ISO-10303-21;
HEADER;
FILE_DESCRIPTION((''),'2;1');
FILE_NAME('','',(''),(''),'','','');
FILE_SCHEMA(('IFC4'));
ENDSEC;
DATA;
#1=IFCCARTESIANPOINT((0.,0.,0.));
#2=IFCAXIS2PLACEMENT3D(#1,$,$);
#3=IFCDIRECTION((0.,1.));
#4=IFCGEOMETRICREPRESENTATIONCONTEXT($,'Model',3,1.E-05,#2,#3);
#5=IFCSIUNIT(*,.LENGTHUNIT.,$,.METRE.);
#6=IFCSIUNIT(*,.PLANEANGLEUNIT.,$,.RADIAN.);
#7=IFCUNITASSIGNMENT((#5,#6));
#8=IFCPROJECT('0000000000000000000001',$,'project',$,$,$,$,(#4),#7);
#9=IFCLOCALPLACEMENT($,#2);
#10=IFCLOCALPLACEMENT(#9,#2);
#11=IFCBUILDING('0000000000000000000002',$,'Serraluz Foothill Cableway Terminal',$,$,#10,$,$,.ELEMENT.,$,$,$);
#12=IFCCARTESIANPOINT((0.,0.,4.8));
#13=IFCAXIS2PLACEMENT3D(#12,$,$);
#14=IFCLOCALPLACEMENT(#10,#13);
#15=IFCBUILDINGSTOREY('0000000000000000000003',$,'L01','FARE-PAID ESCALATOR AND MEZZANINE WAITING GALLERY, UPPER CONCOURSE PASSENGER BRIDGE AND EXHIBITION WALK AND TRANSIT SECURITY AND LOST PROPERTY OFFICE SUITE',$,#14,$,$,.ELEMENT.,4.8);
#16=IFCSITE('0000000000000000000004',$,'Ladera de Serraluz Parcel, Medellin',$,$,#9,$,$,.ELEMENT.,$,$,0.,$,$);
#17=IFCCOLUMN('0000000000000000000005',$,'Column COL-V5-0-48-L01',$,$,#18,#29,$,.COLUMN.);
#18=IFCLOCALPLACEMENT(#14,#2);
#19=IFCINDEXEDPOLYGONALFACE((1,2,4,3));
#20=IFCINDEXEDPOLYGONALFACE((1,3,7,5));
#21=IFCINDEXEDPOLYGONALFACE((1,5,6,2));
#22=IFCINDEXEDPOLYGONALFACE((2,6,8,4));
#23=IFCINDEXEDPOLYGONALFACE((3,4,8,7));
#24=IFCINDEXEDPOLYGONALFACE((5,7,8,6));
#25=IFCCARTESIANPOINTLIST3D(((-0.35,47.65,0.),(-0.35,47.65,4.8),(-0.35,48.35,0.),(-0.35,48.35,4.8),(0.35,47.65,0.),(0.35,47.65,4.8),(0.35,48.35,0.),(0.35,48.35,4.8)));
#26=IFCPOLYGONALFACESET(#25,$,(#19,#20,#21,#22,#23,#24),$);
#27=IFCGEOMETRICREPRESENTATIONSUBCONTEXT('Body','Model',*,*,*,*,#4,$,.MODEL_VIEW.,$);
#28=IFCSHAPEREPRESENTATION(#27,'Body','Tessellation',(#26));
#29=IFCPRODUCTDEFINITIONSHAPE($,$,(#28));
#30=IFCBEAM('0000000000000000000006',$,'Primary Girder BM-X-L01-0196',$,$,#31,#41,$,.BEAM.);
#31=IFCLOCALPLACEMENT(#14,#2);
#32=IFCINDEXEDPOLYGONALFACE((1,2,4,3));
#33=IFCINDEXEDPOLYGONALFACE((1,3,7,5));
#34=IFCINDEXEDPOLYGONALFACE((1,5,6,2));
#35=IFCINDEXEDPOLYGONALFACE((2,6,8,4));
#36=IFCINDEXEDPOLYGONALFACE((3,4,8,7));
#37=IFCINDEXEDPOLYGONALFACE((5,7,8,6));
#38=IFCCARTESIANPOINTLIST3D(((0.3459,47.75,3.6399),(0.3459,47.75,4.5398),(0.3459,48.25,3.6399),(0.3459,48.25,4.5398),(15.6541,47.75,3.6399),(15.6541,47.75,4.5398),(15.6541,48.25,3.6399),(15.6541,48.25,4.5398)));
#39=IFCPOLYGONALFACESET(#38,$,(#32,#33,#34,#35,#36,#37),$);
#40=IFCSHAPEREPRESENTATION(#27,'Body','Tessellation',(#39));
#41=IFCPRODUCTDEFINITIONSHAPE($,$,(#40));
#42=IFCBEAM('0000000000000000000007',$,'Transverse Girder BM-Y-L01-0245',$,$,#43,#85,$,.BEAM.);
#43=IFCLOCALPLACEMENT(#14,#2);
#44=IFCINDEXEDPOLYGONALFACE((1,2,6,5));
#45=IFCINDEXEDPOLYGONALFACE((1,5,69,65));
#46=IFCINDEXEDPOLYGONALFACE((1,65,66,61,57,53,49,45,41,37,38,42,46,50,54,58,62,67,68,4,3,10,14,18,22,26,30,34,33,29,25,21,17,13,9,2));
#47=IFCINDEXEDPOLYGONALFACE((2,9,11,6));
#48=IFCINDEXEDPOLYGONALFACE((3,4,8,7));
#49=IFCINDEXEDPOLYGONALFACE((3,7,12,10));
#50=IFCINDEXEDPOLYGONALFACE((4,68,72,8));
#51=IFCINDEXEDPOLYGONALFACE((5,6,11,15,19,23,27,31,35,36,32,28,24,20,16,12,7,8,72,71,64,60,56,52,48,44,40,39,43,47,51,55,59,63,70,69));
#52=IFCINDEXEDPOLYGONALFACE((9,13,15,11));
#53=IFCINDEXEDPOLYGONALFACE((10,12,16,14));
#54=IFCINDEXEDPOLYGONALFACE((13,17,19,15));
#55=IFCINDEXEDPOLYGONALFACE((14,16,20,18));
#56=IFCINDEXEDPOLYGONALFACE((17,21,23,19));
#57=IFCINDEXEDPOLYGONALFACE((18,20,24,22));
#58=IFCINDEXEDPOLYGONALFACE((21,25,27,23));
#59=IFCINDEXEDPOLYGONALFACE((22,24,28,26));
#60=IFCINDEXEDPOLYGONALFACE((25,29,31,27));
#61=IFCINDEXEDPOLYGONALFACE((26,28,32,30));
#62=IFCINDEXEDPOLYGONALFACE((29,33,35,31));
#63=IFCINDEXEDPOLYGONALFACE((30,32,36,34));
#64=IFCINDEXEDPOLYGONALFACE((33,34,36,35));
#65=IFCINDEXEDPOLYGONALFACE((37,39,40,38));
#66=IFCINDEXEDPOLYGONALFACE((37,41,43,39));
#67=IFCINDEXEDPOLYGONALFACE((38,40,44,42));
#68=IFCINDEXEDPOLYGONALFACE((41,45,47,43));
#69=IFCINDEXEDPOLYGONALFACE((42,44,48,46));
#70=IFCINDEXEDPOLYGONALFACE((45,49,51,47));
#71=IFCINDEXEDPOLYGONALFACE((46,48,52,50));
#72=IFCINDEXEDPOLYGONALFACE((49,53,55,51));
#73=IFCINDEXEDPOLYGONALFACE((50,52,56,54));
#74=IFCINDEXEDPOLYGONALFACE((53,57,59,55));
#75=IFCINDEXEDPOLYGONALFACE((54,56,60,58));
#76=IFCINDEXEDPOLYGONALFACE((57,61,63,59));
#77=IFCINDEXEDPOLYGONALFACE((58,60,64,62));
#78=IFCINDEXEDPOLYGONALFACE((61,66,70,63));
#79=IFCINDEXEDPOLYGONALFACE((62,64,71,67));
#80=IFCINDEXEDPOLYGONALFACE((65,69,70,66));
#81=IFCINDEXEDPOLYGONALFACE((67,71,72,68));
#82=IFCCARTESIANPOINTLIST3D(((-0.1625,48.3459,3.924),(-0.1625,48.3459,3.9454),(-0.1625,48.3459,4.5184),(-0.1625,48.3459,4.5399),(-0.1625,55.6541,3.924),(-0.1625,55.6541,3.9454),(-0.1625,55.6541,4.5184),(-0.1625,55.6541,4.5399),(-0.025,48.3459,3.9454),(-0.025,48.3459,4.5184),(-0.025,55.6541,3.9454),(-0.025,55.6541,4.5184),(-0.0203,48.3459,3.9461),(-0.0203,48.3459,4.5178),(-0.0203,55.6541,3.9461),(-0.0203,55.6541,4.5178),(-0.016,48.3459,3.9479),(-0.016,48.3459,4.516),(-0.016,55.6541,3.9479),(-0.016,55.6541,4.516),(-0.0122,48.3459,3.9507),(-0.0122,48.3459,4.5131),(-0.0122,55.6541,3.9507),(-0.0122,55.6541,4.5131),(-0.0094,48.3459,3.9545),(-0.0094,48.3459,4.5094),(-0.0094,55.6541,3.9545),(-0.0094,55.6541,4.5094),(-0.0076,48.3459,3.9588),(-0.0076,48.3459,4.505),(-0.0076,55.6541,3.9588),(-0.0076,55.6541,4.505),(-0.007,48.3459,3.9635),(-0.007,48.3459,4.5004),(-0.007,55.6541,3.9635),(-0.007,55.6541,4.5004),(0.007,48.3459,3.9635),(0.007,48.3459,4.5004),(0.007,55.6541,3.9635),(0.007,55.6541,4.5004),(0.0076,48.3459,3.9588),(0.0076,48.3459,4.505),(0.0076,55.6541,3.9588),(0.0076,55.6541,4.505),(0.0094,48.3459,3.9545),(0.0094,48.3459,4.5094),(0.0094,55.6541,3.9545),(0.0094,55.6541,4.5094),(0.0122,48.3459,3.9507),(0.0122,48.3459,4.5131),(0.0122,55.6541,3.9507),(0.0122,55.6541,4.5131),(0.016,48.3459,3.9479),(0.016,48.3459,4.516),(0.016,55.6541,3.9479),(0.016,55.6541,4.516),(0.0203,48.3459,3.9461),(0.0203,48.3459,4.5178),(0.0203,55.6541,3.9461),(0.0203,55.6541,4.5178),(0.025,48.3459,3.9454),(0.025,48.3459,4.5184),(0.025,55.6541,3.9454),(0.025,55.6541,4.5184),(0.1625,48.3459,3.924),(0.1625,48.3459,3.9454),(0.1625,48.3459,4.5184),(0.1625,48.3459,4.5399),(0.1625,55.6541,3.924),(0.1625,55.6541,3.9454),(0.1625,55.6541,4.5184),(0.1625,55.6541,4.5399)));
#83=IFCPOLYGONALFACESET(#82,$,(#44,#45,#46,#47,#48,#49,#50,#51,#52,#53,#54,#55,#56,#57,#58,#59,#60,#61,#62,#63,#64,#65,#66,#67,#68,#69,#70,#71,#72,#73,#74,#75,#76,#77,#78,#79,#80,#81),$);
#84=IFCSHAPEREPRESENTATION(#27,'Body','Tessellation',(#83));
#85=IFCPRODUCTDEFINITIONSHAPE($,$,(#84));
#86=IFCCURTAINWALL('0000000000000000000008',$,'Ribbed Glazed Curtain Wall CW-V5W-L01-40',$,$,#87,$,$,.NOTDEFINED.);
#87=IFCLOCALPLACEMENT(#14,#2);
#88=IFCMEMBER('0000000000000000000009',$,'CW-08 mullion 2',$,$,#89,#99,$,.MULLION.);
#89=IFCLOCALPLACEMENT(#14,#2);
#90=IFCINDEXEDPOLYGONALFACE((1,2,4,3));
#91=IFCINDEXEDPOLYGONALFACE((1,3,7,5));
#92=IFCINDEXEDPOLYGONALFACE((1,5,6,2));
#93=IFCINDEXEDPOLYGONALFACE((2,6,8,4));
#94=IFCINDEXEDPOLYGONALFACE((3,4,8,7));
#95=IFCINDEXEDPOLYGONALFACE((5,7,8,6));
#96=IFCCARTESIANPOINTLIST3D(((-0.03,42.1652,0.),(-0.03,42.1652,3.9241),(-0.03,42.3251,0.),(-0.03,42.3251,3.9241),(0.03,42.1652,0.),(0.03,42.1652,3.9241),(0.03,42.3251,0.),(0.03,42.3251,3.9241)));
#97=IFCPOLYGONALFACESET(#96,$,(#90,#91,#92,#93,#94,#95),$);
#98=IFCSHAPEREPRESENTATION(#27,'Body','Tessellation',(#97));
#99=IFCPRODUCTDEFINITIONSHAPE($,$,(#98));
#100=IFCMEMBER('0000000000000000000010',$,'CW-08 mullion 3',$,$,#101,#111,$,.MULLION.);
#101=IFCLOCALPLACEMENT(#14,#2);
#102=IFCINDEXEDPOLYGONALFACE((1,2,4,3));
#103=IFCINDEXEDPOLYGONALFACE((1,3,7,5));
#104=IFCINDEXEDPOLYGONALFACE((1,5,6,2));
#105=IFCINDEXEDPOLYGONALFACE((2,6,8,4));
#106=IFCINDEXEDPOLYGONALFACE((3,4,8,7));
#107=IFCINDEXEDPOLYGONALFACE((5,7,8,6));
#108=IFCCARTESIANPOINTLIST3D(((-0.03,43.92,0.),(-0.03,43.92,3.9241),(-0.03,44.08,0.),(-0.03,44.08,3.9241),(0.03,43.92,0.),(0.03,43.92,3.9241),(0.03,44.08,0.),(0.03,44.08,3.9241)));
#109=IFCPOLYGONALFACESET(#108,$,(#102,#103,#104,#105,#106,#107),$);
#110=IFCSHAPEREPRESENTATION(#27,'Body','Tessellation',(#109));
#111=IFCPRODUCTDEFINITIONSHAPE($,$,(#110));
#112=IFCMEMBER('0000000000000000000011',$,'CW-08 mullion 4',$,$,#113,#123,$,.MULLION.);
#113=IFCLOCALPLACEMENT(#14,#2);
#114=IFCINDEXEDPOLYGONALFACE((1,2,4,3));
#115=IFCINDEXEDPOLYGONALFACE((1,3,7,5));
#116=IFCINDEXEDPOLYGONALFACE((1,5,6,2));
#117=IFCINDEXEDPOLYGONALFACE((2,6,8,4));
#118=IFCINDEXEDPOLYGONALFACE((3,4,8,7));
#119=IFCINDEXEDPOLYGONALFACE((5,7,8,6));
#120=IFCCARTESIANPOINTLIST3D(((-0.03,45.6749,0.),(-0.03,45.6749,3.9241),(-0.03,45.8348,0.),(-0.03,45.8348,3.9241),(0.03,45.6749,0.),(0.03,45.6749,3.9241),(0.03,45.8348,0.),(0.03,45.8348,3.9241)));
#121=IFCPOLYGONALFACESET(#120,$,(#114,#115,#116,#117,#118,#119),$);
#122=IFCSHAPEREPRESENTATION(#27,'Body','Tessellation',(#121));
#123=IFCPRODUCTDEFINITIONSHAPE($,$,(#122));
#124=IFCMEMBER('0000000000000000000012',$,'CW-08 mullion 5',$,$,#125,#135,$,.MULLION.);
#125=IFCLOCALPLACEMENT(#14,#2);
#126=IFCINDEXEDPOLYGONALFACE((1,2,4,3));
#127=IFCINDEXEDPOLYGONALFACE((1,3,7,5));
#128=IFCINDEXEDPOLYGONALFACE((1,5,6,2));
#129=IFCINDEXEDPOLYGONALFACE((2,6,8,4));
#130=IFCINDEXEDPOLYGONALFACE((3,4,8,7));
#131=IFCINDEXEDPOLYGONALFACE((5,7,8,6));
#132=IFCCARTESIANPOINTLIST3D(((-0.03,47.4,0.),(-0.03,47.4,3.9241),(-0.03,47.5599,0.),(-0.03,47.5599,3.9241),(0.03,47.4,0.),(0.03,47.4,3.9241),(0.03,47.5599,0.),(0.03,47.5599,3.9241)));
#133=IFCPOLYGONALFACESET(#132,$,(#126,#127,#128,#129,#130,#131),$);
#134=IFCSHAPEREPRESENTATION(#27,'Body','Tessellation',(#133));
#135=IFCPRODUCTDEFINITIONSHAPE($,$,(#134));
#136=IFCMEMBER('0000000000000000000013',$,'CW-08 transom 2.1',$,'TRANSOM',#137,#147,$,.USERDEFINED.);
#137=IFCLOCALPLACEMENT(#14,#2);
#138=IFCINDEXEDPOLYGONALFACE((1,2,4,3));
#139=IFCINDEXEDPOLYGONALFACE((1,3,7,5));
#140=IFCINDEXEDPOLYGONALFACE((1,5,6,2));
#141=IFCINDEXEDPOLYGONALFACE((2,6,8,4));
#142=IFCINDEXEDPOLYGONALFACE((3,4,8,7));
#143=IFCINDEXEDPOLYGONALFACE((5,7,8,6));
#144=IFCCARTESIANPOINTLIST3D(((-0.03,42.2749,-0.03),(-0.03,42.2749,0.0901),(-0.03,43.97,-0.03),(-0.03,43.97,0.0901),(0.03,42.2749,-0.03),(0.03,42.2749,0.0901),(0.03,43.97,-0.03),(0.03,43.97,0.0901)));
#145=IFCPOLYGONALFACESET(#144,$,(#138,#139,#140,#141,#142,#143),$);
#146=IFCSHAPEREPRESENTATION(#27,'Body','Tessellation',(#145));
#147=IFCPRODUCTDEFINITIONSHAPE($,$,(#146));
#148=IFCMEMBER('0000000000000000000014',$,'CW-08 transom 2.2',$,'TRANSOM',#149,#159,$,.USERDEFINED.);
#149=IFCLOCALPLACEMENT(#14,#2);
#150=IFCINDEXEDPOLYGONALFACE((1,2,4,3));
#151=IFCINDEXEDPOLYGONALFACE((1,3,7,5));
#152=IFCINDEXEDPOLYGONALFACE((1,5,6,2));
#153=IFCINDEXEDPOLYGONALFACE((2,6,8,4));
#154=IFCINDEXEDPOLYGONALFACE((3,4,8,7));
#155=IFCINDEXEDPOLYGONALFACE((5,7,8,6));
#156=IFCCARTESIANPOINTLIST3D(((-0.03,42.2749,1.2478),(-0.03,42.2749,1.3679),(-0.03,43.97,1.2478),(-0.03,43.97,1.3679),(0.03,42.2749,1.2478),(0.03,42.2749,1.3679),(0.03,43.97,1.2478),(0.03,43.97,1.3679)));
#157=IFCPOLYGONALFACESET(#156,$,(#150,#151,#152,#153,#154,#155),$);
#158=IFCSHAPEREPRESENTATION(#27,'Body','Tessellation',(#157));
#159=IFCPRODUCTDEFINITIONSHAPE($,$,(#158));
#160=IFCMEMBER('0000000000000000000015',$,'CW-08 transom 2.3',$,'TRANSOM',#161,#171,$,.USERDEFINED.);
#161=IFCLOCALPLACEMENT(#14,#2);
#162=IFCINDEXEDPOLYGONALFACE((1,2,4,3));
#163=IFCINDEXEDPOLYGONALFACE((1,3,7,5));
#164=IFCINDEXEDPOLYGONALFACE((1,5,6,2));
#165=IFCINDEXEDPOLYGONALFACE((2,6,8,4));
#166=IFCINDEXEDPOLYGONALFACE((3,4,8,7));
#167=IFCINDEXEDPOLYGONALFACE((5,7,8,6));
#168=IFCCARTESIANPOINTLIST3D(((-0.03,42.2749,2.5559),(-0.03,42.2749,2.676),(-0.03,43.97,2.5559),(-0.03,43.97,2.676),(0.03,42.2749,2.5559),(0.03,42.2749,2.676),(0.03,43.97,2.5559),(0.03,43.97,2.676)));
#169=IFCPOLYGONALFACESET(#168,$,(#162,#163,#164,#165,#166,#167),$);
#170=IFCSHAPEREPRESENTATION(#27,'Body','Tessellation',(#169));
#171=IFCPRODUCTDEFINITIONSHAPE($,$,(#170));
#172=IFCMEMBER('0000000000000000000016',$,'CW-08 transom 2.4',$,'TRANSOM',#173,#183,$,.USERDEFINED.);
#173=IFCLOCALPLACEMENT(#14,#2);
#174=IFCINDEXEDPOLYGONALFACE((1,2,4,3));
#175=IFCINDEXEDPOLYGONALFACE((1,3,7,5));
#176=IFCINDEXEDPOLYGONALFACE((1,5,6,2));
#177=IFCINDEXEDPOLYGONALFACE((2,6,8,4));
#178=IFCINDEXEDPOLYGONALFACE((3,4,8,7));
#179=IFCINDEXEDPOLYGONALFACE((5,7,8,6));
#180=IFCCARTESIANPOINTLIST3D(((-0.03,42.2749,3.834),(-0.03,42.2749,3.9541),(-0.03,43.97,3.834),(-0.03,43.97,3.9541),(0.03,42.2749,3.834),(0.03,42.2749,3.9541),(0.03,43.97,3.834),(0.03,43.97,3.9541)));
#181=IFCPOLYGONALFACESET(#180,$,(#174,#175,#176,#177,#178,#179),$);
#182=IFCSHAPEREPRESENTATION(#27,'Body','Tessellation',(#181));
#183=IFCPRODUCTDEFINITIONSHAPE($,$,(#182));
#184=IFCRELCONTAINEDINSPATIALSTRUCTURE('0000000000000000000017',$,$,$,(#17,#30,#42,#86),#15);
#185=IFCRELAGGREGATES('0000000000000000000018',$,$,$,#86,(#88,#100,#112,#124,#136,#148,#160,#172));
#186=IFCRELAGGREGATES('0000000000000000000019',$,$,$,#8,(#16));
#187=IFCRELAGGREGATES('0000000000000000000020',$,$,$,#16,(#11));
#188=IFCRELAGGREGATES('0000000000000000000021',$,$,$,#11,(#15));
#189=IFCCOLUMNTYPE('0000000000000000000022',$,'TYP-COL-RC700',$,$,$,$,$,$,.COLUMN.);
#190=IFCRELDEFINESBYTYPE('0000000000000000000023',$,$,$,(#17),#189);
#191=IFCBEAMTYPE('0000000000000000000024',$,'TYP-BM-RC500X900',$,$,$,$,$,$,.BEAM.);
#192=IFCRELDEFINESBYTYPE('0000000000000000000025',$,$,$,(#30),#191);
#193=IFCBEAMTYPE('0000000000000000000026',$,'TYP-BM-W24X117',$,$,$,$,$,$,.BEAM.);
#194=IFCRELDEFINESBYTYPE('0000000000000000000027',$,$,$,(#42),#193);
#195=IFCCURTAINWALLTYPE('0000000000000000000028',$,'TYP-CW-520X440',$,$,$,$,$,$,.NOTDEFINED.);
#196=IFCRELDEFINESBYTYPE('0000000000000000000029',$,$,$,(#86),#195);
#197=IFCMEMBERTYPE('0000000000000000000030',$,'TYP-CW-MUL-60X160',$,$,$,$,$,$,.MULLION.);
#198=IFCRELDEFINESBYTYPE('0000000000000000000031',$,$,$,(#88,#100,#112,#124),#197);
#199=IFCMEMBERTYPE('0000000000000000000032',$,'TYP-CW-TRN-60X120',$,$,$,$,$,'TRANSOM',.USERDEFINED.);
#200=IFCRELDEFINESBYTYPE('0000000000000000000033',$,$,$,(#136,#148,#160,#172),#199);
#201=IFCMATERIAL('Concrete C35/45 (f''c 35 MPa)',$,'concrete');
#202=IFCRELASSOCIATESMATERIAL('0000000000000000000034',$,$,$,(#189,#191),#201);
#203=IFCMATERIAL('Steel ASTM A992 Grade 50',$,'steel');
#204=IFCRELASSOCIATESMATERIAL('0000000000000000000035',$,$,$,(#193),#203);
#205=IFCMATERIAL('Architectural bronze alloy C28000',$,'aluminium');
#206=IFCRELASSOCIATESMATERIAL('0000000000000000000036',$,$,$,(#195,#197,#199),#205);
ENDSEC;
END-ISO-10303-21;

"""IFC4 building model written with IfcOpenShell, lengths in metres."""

from ifc_helpers import new_model, si_unit, direction, frame, origin, origin_2d, place, context, subcontext, project, spatial, rectangle, i_section, extrude, material, material_profile, profile_set, type_object, element, aggregate, save


model = new_model("IFC4")

# Units and contexts
model_context = context("Model", 3, precision=1e-05, world=origin(), true_north=direction((0.0, 1.0)))
body_context = subcontext(model_context, "Body", "Model", "MODEL_VIEW")
ifc_project = project(units=[si_unit("LENGTHUNIT", "METRE"), si_unit("PLANEANGLEUNIT", "RADIAN")], contexts=[model_context])

# Site, building, storey
site_placement = place(None, origin())
site = spatial("IfcSite", under=ifc_project, at=site_placement, Name="Ladera de Serraluz Parcel, Medellin", CompositionType="ELEMENT", RefElevation=0.0)
building_placement = place(site_placement, origin())
building = spatial("IfcBuilding", under=site, at=building_placement, Name="Serraluz Foothill Cableway Terminal", CompositionType="ELEMENT")
storey_placement = place(building_placement, frame((0.0, 0.0, 4.8)))
storey = spatial("IfcBuildingStorey", under=building, at=storey_placement, Name="L01", Description="FARE-PAID ESCALATOR AND MEZZANINE WAITING GALLERY, UPPER CONCOURSE PASSENGER BRIDGE AND EXHIBITION WALK AND TRANSIT SECURITY AND LOST PROPERTY OFFICE SUITE", CompositionType="ELEMENT", Elevation=4.8)

# Column
ifc_material_1 = material(Name="Concrete C35/45 (f'c 35 MPa)", Category="concrete")
ifc_material_profile_1 = material_profile(ifc_material_1, rectangle(XDim=0.7, YDim=0.7, at=origin_2d()), Name="RC 700x700")
ifc_profile_set_1 = profile_set([ifc_material_profile_1], Name="Concrete C35/45 (f'c 35 MPa)")
column_type = type_object("IfcColumnType", Name="TYP-COL-RC700", PredefinedType="COLUMN", material=ifc_profile_set_1)
column_placement = place(storey_placement, frame((0.0, 48.0, 0.0), z_axis=(0.0, 0.0, 1.0), x_axis=(1.0, 0.0, 0.0)))
element("IfcColumn", 1, at=column_placement, inside=storey, type_object=column_type, Name="Column COL-V5-0-48-L01", PredefinedType="COLUMN", context=body_context, shape_type="SweptSolid", body=[
    extrude(rectangle(XDim=0.7, YDim=0.7, at=origin_2d()), origin(), (0.0, 0.0, 1.0), 4.8),
])

# Beams
ifc_material_profile_2 = material_profile(ifc_material_1, rectangle(XDim=0.5, YDim=0.8999, at=origin_2d()), Name="RC 500x900")
ifc_profile_set_2 = profile_set([ifc_material_profile_2], Name="Concrete C35/45 (f'c 35 MPa)")
beam_type_1 = type_object("IfcBeamType", Name="TYP-BM-RC500X900", PredefinedType="BEAM", material=ifc_profile_set_2)
beam_1_placement = place(storey_placement, frame((0.3459, 48.0, 4.0898), z_axis=(1.0, 0.0, 0.0), x_axis=(0.0, 1.0, 0.0)))
element("IfcBeam", 2, at=beam_1_placement, inside=storey, type_object=beam_type_1, Name="Primary Girder BM-X-L01-0196", PredefinedType="BEAM", context=body_context, shape_type="SweptSolid", body=[
    extrude(rectangle(XDim=0.5, YDim=0.8999, at=origin_2d()), origin(), (0.0, 0.0, 1.0), 15.3081),
])
ifc_material_2 = material(Name="Steel ASTM A992 Grade 50", Category="steel")
ifc_material_profile_3 = material_profile(ifc_material_2, i_section(OverallWidth=0.325, OverallDepth=0.616, WebThickness=0.0139, FlangeThickness=0.0215, FilletRadius=0.0181, at=origin_2d()), Name="W24X117")
ifc_profile_set_3 = profile_set([ifc_material_profile_3], Name="Steel ASTM A992 Grade 50")
beam_type_2 = type_object("IfcBeamType", Name="TYP-BM-W24X117", PredefinedType="BEAM", material=ifc_profile_set_3)
beam_2_placement = place(storey_placement, frame((0.0, 48.3459, 4.2319), z_axis=(0.0, 1.0, 0.0), x_axis=(-1.0, 0.0, 0.0)))
element("IfcBeam", 3, at=beam_2_placement, inside=storey, type_object=beam_type_2, Name="Transverse Girder BM-Y-L01-0245", PredefinedType="BEAM", context=body_context, shape_type="SweptSolid", body=[
    extrude(i_section(OverallWidth=0.325, OverallDepth=0.616, WebThickness=0.0139, FlangeThickness=0.0215, FilletRadius=0.0181, at=origin_2d()), origin(), (0.0, 0.0, 1.0), 7.3081),
])

# Curtain wall, members
ifc_material_3 = material(Name="Architectural bronze alloy C28000", Category="aluminium")
curtain_wall_type = type_object("IfcCurtainWallType", Name="TYP-CW-520X440", PredefinedType="NOTDEFINED", material=ifc_material_3)
curtain_wall_placement = place(storey_placement, origin())
curtain_wall = element("IfcCurtainWall", 4, at=curtain_wall_placement, inside=storey, type_object=curtain_wall_type, Name="Ribbed Glazed Curtain Wall CW-V5W-L01-40", PredefinedType="NOTDEFINED")
ifc_material_profile_4 = material_profile(ifc_material_3, rectangle(XDim=0.0601, YDim=0.1599, at=origin_2d()), Name="ALU MULLION 60x160")
ifc_profile_set_4 = profile_set([ifc_material_profile_4], Name="Architectural bronze alloy C28000")
member_type_1 = type_object("IfcMemberType", Name="TYP-CW-MUL-60X160", PredefinedType="MULLION", material=ifc_profile_set_4)
member_1_placement = place(storey_placement, frame((0.0, 42.2451, 0.0), z_axis=(0.0, 0.0, 1.0), x_axis=(-1.0, 0.0, 0.0)))
member_1 = element("IfcMember", 5, at=member_1_placement, type_object=member_type_1, Name="CW-08 mullion 2", PredefinedType="MULLION", context=body_context, shape_type="SweptSolid", body=[
    extrude(rectangle(XDim=0.0601, YDim=0.1599, at=origin_2d()), origin(), (0.0, 0.0, 1.0), 3.9241),
])
member_2_placement = place(storey_placement, frame((0.0, 44.0, 0.0), z_axis=(0.0, 0.0, 1.0), x_axis=(-1.0, 0.0, 0.0)))
member_2 = element("IfcMember", 6, at=member_2_placement, type_object=member_type_1, Name="CW-08 mullion 3", PredefinedType="MULLION", context=body_context, shape_type="SweptSolid", body=[
    extrude(rectangle(XDim=0.0601, YDim=0.1599, at=origin_2d()), origin(), (0.0, 0.0, 1.0), 3.9241),
])
member_3_placement = place(storey_placement, frame((0.0, 45.7549, 0.0), z_axis=(0.0, 0.0, 1.0), x_axis=(-1.0, 0.0, 0.0)))
member_3 = element("IfcMember", 7, at=member_3_placement, type_object=member_type_1, Name="CW-08 mullion 4", PredefinedType="MULLION", context=body_context, shape_type="SweptSolid", body=[
    extrude(rectangle(XDim=0.0601, YDim=0.1599, at=origin_2d()), origin(), (0.0, 0.0, 1.0), 3.9241),
])
member_4_placement = place(storey_placement, frame((0.0, 47.48, 0.0), z_axis=(0.0, 0.0, 1.0), x_axis=(-1.0, 0.0, 0.0)))
member_4 = element("IfcMember", 8, at=member_4_placement, type_object=member_type_1, Name="CW-08 mullion 5", PredefinedType="MULLION", context=body_context, shape_type="SweptSolid", body=[
    extrude(rectangle(XDim=0.0601, YDim=0.1599, at=origin_2d()), origin(), (0.0, 0.0, 1.0), 3.9241),
])
ifc_material_profile_5 = material_profile(ifc_material_3, rectangle(XDim=0.0601, YDim=0.1201, at=origin_2d()), Name="ALU TRANSOM 60x120")
ifc_profile_set_5 = profile_set([ifc_material_profile_5], Name="Architectural bronze alloy C28000")
member_type_2 = type_object("IfcMemberType", Name="TYP-CW-TRN-60X120", ElementType="TRANSOM", PredefinedType="USERDEFINED", material=ifc_profile_set_5)
member_5_placement = place(storey_placement, frame((0.0, 42.2749, 0.03), z_axis=(0.0, 1.0, 0.0), x_axis=(-1.0, 0.0, 0.0)))
member_5 = element("IfcMember", 9, at=member_5_placement, type_object=member_type_2, Name="CW-08 transom 2.1", ObjectType="TRANSOM", PredefinedType="USERDEFINED", context=body_context, shape_type="SweptSolid", body=[
    extrude(rectangle(XDim=0.0601, YDim=0.1201, at=origin_2d()), origin(), (0.0, 0.0, 1.0), 1.6951),
])
member_6_placement = place(storey_placement, frame((0.0, 42.2749, 1.3079), z_axis=(0.0, 1.0, 0.0), x_axis=(-1.0, 0.0, 0.0)))
member_6 = element("IfcMember", 10, at=member_6_placement, type_object=member_type_2, Name="CW-08 transom 2.2", ObjectType="TRANSOM", PredefinedType="USERDEFINED", context=body_context, shape_type="SweptSolid", body=[
    extrude(rectangle(XDim=0.0601, YDim=0.1201, at=origin_2d()), origin(), (0.0, 0.0, 1.0), 1.6951),
])
member_7_placement = place(storey_placement, frame((0.0, 42.2749, 2.616), z_axis=(0.0, 1.0, 0.0), x_axis=(-1.0, 0.0, 0.0)))
member_7 = element("IfcMember", 11, at=member_7_placement, type_object=member_type_2, Name="CW-08 transom 2.3", ObjectType="TRANSOM", PredefinedType="USERDEFINED", context=body_context, shape_type="SweptSolid", body=[
    extrude(rectangle(XDim=0.0601, YDim=0.1201, at=origin_2d()), origin(), (0.0, 0.0, 1.0), 1.6951),
])
member_8_placement = place(storey_placement, frame((0.0, 42.2749, 3.894), z_axis=(0.0, 1.0, 0.0), x_axis=(-1.0, 0.0, 0.0)))
member_8 = element("IfcMember", 12, at=member_8_placement, type_object=member_type_2, Name="CW-08 transom 2.4", ObjectType="TRANSOM", PredefinedType="USERDEFINED", context=body_context, shape_type="SweptSolid", body=[
    extrude(rectangle(XDim=0.0601, YDim=0.1201, at=origin_2d()), origin(), (0.0, 0.0, 1.0), 1.6951),
])

aggregate(curtain_wall, [member_1, member_2, member_3, member_4, member_5, member_6, member_7, member_8])

save(model, "model.ifc")
